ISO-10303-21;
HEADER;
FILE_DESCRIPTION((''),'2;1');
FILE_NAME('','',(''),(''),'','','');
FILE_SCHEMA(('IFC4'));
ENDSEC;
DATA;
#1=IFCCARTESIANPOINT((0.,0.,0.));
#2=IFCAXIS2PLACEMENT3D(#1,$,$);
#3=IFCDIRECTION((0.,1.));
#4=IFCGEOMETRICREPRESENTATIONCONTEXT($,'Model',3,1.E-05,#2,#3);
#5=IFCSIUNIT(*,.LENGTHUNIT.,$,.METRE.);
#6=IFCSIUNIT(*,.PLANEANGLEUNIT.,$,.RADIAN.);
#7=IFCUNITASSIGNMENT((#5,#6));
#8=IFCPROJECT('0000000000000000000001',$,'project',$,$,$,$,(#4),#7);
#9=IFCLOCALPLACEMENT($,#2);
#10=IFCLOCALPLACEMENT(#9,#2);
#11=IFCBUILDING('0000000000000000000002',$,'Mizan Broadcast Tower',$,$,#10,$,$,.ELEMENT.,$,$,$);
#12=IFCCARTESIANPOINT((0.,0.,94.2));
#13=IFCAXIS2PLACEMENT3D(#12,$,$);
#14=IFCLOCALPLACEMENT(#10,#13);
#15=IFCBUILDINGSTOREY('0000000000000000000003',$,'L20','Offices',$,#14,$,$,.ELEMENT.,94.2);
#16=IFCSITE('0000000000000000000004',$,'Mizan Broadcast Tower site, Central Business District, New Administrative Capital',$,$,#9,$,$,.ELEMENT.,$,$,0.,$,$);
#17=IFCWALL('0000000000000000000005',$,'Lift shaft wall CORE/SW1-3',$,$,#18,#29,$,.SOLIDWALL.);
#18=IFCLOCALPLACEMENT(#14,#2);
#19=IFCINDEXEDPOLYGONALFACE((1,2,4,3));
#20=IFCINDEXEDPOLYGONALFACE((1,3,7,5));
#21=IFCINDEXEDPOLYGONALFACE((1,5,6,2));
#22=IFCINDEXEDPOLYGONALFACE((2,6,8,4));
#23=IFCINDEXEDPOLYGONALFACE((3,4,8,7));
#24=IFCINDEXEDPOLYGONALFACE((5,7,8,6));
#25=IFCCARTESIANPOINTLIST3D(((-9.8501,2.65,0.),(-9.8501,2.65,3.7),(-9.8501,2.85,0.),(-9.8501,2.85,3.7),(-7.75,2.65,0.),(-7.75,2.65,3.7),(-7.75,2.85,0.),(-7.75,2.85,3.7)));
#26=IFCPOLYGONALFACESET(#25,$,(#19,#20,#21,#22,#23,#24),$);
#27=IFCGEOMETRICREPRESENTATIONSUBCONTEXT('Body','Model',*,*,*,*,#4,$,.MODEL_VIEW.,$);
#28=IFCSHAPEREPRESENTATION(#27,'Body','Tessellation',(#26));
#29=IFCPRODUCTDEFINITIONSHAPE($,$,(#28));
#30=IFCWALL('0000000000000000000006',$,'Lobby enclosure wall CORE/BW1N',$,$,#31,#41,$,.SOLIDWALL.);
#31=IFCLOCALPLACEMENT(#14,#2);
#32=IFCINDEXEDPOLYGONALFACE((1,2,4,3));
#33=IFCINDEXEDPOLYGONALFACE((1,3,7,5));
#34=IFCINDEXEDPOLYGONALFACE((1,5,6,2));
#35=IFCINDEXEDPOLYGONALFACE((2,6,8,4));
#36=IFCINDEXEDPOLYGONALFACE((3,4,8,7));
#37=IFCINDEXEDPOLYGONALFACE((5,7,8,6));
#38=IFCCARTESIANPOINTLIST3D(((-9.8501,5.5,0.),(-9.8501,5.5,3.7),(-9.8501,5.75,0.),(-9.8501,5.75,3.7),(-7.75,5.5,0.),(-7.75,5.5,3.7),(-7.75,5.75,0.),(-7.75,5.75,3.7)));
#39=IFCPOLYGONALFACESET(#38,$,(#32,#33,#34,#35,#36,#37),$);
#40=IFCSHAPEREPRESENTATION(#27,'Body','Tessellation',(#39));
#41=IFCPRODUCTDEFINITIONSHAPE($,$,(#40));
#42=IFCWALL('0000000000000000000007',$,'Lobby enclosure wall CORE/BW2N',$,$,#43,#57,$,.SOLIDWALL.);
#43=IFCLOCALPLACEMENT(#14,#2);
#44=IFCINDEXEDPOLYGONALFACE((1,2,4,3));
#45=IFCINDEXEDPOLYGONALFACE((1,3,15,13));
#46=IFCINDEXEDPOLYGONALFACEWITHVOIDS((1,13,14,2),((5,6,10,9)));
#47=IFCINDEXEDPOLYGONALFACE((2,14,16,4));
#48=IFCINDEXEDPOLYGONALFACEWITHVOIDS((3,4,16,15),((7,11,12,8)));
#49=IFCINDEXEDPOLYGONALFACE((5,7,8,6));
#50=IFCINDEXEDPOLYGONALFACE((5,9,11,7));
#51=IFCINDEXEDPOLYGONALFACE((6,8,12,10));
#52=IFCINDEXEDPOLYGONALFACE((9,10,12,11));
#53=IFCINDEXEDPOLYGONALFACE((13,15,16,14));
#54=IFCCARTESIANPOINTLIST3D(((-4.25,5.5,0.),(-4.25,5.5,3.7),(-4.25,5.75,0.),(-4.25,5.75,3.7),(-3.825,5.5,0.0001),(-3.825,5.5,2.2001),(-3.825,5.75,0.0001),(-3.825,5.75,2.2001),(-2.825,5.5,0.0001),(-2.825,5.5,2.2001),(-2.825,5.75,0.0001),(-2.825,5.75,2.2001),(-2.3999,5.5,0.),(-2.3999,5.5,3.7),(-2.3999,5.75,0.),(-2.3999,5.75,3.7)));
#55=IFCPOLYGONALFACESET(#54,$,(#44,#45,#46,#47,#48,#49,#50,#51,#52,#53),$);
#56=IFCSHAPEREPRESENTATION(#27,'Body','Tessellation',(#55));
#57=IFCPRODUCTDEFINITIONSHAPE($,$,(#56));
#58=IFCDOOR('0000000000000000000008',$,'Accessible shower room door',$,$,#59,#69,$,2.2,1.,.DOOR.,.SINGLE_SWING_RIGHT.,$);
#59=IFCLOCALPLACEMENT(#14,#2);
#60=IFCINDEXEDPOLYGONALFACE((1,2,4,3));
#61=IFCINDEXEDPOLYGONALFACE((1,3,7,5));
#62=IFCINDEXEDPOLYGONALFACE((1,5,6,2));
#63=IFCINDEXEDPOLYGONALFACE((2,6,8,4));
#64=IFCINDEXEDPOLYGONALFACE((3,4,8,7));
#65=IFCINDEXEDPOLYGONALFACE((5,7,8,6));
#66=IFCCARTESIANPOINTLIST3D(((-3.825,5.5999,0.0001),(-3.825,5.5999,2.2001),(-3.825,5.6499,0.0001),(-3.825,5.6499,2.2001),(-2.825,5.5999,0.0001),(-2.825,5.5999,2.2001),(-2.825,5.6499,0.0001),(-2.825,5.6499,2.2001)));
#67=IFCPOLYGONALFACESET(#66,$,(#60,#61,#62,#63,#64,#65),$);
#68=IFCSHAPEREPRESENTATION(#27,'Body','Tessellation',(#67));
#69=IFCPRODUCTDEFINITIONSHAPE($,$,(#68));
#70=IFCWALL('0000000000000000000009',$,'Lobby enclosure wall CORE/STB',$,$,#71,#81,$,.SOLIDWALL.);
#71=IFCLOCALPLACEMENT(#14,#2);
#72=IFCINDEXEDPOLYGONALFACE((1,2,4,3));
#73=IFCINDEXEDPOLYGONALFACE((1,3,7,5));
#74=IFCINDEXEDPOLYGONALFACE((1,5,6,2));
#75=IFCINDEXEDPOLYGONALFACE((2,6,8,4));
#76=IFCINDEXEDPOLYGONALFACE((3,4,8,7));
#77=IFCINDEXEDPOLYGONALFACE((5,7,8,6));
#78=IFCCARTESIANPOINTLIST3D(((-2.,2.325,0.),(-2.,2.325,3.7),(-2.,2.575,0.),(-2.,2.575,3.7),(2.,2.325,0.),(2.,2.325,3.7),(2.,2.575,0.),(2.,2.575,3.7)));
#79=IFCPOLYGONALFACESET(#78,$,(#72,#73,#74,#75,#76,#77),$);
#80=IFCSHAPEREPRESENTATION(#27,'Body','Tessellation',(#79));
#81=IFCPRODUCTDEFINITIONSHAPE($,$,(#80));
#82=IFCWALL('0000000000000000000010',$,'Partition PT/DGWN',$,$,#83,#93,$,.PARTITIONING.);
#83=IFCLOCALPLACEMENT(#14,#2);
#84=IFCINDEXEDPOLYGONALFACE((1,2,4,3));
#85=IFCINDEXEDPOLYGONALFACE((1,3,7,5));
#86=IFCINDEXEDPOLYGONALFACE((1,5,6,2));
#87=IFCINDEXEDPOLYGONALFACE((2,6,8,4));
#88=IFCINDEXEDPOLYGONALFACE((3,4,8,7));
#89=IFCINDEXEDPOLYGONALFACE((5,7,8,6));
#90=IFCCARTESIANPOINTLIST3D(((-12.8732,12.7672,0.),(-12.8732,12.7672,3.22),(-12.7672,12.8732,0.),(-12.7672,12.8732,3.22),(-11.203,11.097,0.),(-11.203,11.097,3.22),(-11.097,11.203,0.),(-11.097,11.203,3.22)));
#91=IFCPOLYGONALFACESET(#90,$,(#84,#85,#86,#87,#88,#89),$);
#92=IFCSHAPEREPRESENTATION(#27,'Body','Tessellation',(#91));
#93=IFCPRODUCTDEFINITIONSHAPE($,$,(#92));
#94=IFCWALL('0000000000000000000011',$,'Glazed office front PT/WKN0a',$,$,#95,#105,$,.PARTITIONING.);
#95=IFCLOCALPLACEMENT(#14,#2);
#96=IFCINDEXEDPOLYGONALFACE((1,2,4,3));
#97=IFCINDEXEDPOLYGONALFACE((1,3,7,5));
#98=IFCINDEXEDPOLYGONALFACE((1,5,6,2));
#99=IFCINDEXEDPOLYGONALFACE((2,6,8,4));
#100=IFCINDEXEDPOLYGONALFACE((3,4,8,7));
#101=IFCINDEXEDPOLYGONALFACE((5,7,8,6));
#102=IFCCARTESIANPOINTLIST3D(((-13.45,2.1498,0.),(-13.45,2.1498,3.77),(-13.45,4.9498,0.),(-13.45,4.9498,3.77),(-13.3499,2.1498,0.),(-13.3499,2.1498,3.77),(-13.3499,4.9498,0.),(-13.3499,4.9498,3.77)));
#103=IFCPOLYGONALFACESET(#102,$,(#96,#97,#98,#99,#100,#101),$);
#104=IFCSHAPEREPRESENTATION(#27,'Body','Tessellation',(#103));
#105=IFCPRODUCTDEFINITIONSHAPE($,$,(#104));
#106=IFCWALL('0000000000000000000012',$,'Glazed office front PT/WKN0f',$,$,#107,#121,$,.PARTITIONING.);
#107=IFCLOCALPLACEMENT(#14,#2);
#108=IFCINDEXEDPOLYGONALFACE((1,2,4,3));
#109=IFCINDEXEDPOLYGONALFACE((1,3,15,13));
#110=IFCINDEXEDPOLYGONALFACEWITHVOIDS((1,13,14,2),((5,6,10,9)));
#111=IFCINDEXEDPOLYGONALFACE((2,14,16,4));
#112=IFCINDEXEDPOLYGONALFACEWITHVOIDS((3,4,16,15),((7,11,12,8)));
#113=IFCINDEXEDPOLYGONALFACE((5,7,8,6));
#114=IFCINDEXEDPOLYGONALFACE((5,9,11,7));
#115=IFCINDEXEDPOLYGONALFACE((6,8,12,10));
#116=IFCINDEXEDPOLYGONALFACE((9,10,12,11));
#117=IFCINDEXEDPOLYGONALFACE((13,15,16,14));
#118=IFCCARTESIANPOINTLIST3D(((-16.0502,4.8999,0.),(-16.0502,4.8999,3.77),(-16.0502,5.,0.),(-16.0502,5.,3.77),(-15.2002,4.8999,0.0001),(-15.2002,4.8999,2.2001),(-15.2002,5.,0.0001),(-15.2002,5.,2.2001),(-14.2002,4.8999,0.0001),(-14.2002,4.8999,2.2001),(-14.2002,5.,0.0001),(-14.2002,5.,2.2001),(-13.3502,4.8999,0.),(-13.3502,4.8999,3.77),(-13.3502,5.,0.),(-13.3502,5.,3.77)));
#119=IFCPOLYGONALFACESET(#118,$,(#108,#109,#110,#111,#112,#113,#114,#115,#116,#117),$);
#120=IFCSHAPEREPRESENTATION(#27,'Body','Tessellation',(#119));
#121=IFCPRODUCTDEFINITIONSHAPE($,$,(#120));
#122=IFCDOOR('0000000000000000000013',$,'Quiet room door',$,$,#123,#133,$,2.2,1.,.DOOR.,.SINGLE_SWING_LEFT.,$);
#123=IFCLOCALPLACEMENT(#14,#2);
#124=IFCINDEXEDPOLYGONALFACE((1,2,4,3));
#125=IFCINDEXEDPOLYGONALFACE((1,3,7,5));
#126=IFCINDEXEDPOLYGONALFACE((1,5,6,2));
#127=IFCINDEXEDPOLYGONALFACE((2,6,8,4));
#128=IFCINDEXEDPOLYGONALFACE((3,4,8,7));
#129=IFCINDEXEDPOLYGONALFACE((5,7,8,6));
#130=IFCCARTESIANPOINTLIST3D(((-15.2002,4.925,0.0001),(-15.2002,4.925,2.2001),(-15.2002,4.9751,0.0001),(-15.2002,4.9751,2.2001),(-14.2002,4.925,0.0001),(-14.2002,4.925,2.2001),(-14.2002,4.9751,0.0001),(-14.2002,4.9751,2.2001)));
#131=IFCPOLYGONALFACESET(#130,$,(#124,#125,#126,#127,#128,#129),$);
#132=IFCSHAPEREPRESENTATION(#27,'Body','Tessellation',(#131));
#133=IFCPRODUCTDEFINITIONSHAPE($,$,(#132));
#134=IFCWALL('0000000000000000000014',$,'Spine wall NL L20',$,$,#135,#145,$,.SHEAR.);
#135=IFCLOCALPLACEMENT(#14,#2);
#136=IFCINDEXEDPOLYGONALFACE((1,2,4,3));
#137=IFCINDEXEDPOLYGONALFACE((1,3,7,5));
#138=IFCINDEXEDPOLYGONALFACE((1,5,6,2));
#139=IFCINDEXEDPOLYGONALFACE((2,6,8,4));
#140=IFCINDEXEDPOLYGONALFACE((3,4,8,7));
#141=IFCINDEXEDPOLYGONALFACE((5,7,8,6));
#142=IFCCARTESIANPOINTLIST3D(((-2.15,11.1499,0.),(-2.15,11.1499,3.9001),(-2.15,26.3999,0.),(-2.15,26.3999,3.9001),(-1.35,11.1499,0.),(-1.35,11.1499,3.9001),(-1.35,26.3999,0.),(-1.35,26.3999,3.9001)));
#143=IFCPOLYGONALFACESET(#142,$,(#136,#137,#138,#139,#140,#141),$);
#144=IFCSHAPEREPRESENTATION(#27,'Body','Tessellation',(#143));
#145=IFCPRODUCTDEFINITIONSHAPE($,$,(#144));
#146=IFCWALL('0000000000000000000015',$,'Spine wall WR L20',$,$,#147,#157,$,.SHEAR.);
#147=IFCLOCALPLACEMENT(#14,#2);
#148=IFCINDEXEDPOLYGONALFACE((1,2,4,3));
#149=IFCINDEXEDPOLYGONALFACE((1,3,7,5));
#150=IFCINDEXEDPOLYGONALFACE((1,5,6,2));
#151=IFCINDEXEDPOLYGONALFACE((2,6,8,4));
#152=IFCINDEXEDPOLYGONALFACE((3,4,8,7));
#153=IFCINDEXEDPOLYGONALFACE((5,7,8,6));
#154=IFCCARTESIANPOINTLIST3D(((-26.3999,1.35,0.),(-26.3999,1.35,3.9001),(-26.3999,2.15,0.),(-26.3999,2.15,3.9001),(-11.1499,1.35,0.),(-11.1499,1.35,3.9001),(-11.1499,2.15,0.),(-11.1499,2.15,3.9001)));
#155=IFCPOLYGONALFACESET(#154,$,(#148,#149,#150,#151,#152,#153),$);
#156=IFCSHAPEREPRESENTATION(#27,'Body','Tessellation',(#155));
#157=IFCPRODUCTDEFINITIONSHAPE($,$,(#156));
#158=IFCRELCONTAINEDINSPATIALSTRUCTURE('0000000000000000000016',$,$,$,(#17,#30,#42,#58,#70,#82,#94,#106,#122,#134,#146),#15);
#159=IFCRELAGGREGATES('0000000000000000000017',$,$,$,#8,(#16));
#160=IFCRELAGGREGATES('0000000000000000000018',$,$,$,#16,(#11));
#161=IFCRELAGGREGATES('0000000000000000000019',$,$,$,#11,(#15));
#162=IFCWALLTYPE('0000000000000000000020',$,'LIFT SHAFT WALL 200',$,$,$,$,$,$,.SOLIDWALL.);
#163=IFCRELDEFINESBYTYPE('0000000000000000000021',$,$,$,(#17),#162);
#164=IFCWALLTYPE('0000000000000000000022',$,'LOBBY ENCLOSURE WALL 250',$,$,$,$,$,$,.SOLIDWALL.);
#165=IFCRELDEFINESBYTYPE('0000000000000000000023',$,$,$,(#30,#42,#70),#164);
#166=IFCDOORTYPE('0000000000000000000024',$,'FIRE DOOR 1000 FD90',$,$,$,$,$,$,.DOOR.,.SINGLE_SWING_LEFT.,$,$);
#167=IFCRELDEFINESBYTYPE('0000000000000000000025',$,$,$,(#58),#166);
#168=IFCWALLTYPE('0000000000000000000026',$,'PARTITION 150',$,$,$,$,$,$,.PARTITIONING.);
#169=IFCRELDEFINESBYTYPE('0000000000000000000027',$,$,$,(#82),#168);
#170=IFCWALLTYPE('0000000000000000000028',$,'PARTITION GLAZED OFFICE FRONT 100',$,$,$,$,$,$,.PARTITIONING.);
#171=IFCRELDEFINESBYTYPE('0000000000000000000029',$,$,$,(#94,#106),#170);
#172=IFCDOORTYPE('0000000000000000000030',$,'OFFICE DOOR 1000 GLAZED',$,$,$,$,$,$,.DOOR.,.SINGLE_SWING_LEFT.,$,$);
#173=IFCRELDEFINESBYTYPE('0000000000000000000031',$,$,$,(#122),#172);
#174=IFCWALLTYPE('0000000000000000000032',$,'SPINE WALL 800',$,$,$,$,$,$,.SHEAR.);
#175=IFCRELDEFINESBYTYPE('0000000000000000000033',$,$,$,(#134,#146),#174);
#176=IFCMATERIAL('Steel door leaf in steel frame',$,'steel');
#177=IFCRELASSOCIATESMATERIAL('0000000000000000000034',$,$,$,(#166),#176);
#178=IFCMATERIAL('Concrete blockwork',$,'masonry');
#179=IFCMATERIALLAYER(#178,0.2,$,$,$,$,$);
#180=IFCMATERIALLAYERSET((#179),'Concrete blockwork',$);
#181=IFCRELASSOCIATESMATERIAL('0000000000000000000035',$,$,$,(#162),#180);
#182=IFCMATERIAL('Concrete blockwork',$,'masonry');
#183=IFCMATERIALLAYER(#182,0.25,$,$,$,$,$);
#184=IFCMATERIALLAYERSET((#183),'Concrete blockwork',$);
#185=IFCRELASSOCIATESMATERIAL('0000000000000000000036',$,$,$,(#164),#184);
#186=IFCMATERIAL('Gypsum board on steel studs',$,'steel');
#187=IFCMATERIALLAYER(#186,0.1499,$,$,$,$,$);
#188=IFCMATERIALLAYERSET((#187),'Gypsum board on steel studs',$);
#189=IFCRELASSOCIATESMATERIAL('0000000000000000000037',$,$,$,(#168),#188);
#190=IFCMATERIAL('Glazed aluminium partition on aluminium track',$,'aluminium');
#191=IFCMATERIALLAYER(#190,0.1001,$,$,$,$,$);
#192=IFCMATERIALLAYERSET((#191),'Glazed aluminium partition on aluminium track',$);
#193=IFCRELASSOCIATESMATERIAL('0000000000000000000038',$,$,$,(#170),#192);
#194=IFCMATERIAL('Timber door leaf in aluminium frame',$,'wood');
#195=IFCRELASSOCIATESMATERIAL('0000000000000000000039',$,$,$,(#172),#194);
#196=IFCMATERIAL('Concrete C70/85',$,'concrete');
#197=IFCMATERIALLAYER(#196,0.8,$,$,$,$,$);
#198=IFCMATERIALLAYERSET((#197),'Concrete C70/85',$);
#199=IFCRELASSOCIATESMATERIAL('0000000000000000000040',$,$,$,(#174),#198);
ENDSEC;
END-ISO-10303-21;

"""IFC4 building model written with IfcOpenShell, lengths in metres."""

from ifc_helpers import new_model, si_unit, direction, frame, frame_2d, origin, place, context, subcontext, project, spatial, rectangle, extrude, material, layer, layer_set, type_object, element, fill, save


model = new_model("IFC4")

# Units and contexts
model_context = context("Model", 3, precision=1e-05, world=origin(), true_north=direction((0.0, 1.0)))
body_context = subcontext(model_context, "Body", "Model", "MODEL_VIEW")
ifc_project = project(units=[si_unit("LENGTHUNIT", "METRE"), si_unit("PLANEANGLEUNIT", "RADIAN")], contexts=[model_context])

# Site, building, storey
site_placement = place(None, origin())
site = spatial("IfcSite", under=ifc_project, at=site_placement, Name="Mizan Broadcast Tower site, Central Business District, New Administrative Capital", CompositionType="ELEMENT", RefElevation=0.0)
building_placement = place(site_placement, origin())
building = spatial("IfcBuilding", under=site, at=building_placement, Name="Mizan Broadcast Tower", CompositionType="ELEMENT")
storey_placement = place(building_placement, frame((0.0, 0.0, 94.2)))
storey = spatial("IfcBuildingStorey", under=building, at=storey_placement, Name="L20", Description="Offices", CompositionType="ELEMENT", Elevation=94.2)

# Shared definitions
ifc_material_1 = material(Name="Steel door leaf in steel frame", Category="steel")
door_type_1 = type_object("IfcDoorType", Name="FIRE DOOR 1000 FD90", OperationType="SINGLE_SWING_LEFT", PredefinedType="DOOR", material=ifc_material_1)

# Walls
ifc_material_2 = material(Name="Concrete blockwork", Category="masonry")
ifc_layer_1 = layer(ifc_material_2, 0.2)
ifc_layer_set_1 = layer_set([ifc_layer_1], Name="Concrete blockwork")
wall_type_1 = type_object("IfcWallType", Name="LIFT SHAFT WALL 200", PredefinedType="SOLIDWALL", material=ifc_layer_set_1)
for number, where, z_axis, x_axis, name in (
    (1, (-9.8501, 2.75, 0.0), (0.0, 0.0, 1.0), (1.0, 0.0, 0.0), "Lift shaft wall CORE/SW1-3"),
):
    element("IfcWall", number, at=place(storey_placement, frame(where, z_axis=z_axis, x_axis=x_axis)), inside=storey, type_object=wall_type_1, Name=name, PredefinedType="SOLIDWALL", context=body_context, shape_type="SweptSolid", body=[
        extrude(rectangle(XDim=2.1001, YDim=0.2, at=frame_2d((1.05, 0.0))), origin(), (0.0, 0.0, 1.0), 3.7),
    ])
ifc_material_3 = material(Name="Concrete blockwork", Category="masonry")
ifc_layer_2 = layer(ifc_material_3, 0.25)
ifc_layer_set_2 = layer_set([ifc_layer_2], Name="Concrete blockwork")
wall_type_2 = type_object("IfcWallType", Name="LOBBY ENCLOSURE WALL 250", PredefinedType="SOLIDWALL", material=ifc_layer_set_2)
wall_1_placement = place(storey_placement, frame((-9.8501, 5.625, 0.0), z_axis=(0.0, 0.0, 1.0), x_axis=(1.0, 0.0, 0.0)))
element("IfcWall", 2, at=wall_1_placement, inside=storey, type_object=wall_type_2, Name="Lobby enclosure wall CORE/BW1N", PredefinedType="SOLIDWALL", context=body_context, shape_type="SweptSolid", body=[
    extrude(rectangle(XDim=2.1001, YDim=0.25, at=frame_2d((1.05, 0.0))), origin(), (0.0, 0.0, 1.0), 3.7),
])

# Wall, opening, door
wall_2_placement = place(storey_placement, frame((-4.25, 5.625, 0.0), z_axis=(0.0, 0.0, 1.0), x_axis=(1.0, 0.0, 0.0)))
wall_2 = element("IfcWall", 3, at=wall_2_placement, inside=storey, type_object=wall_type_2, Name="Lobby enclosure wall CORE/BW2N", PredefinedType="SOLIDWALL", context=body_context, shape_type="SweptSolid", body=[
    extrude(rectangle(XDim=1.8501, YDim=0.25, at=frame_2d((0.925, 0.0))), origin(), (0.0, 0.0, 1.0), 3.7),
])
opening_1_placement = place(wall_2_placement, frame((0.425, 0.0, 0.0)))
opening_1 = element("IfcOpeningElement", 4, at=opening_1_placement, cuts=wall_2, PredefinedType="OPENING", context=body_context, shape_type="SweptSolid", body=[
    extrude(rectangle(XDim=1.0, YDim=2.2, at=frame_2d((0.5, 1.1001))), frame((0.0, 0.135, 0.0), z_axis=(0.0, -1.0, 0.0), x_axis=(1.0, 0.0, 0.0)), (0.0, 0.0, 1.0), 0.27),
])
door_1_placement = place(opening_1_placement, origin())
door_1 = element("IfcDoor", 5, at=door_1_placement, inside=storey, type_object=door_type_1, Name="Accessible shower room door", OperationType="SINGLE_SWING_RIGHT", OverallHeight=2.2, OverallWidth=1.0, PredefinedType="DOOR", context=body_context, shape_type="SweptSolid", body=[
    extrude(rectangle(XDim=1.0, YDim=2.2, at=frame_2d((0.5, 1.1001))), frame((0.0, 0.0249, 0.0), z_axis=(0.0, -1.0, 0.0), x_axis=(1.0, 0.0, 0.0)), (0.0, 0.0, 1.0), 0.05),
])
fill(opening_1, door_1)

# Walls
wall_3_placement = place(storey_placement, frame((-2.0, 2.45, 0.0), z_axis=(0.0, 0.0, 1.0), x_axis=(1.0, 0.0, 0.0)))
element("IfcWall", 6, at=wall_3_placement, inside=storey, type_object=wall_type_2, Name="Lobby enclosure wall CORE/STB", PredefinedType="SOLIDWALL", context=body_context, shape_type="SweptSolid", body=[
    extrude(rectangle(XDim=4.0, YDim=0.25, at=frame_2d((2.0, 0.0))), origin(), (0.0, 0.0, 1.0), 3.7),
])
ifc_material_4 = material(Name="Gypsum board on steel studs", Category="steel")
ifc_layer_3 = layer(ifc_material_4, 0.1499)
ifc_layer_set_3 = layer_set([ifc_layer_3], Name="Gypsum board on steel studs")
wall_type_3 = type_object("IfcWallType", Name="PARTITION 150", PredefinedType="PARTITIONING", material=ifc_layer_set_3)
wall_4_placement = place(storey_placement, frame((-11.1499, 11.1499, 0.0), z_axis=(0.0, 0.0, 1.0), x_axis=(-0.707107, 0.707107, 0.0)))
element("IfcWall", 7, at=wall_4_placement, inside=storey, type_object=wall_type_3, Name="Partition PT/DGWN", PredefinedType="PARTITIONING", context=body_context, shape_type="SweptSolid", body=[
    extrude(rectangle(XDim=2.3621, YDim=0.1499, at=frame_2d((1.1812, 0.0))), origin(), (0.0, 0.0, 1.0), 3.22),
])
ifc_material_5 = material(Name="Glazed aluminium partition on aluminium track", Category="aluminium")
ifc_layer_4 = layer(ifc_material_5, 0.1001)
ifc_layer_set_4 = layer_set([ifc_layer_4], Name="Glazed aluminium partition on aluminium track")
wall_type_4 = type_object("IfcWallType", Name="PARTITION GLAZED OFFICE FRONT 100", PredefinedType="PARTITIONING", material=ifc_layer_set_4)
wall_5_placement = place(storey_placement, frame((-13.3999, 2.1499, 0.0), z_axis=(0.0, 0.0, 1.0), x_axis=(0.0, 1.0, 0.0)))
element("IfcWall", 8, at=wall_5_placement, inside=storey, type_object=wall_type_4, Name="Glazed office front PT/WKN0a", PredefinedType="PARTITIONING", context=body_context, shape_type="SweptSolid", body=[
    extrude(rectangle(XDim=2.8, YDim=0.1001, at=frame_2d((1.3999, 0.0))), origin(), (0.0, 0.0, 1.0), 3.77),
])

# Wall, opening, door
wall_6_placement = place(storey_placement, frame((-13.3501, 4.95, 0.0), z_axis=(0.0, 0.0, 1.0), x_axis=(-1.0, 0.0, 0.0)))
wall_6 = element("IfcWall", 9, at=wall_6_placement, inside=storey, type_object=wall_type_4, Name="Glazed office front PT/WKN0f", PredefinedType="PARTITIONING", context=body_context, shape_type="SweptSolid", body=[
    extrude(rectangle(XDim=2.7, YDim=0.1001, at=frame_2d((1.3501, 0.0))), origin(), (0.0, 0.0, 1.0), 3.77),
])
opening_2_placement = place(wall_6_placement, frame((0.8501, 0.0, 0.0)))
opening_2 = element("IfcOpeningElement", 10, at=opening_2_placement, cuts=wall_6, PredefinedType="OPENING", context=body_context, shape_type="SweptSolid", body=[
    extrude(rectangle(XDim=1.0, YDim=2.2, at=frame_2d((0.5, 1.1001))), frame((0.0, 0.0601, 0.0), z_axis=(0.0, -1.0, 0.0), x_axis=(1.0, 0.0, 0.0)), (0.0, 0.0, 1.0), 0.1201),
])
ifc_material_6 = material(Name="Timber door leaf in aluminium frame", Category="wood")
door_type_2 = type_object("IfcDoorType", Name="OFFICE DOOR 1000 GLAZED", OperationType="SINGLE_SWING_LEFT", PredefinedType="DOOR", material=ifc_material_6)
door_2_placement = place(opening_2_placement, origin())
door_2 = element("IfcDoor", 11, at=door_2_placement, inside=storey, type_object=door_type_2, Name="Quiet room door", OperationType="SINGLE_SWING_LEFT", OverallHeight=2.2, OverallWidth=1.0, PredefinedType="DOOR", context=body_context, shape_type="SweptSolid", body=[
    extrude(rectangle(XDim=1.0, YDim=2.2, at=frame_2d((0.5, 1.1001))), frame((0.0, 0.0249, 0.0), z_axis=(0.0, -1.0, 0.0), x_axis=(1.0, 0.0, 0.0)), (0.0, 0.0, 1.0), 0.05),
])
fill(opening_2, door_2)

# Walls
ifc_material_7 = material(Name="Concrete C70/85", Category="concrete")
ifc_layer_5 = layer(ifc_material_7, 0.8)
ifc_layer_set_5 = layer_set([ifc_layer_5], Name="Concrete C70/85")
wall_type_5 = type_object("IfcWallType", Name="SPINE WALL 800", PredefinedType="SHEAR", material=ifc_layer_set_5)
for number, where, z_axis, x_axis, name in (
    (12, (-1.75, 11.1499, 0.0), (0.0, 0.0, 1.0), (0.0, 1.0, 0.0), "Spine wall NL L20"),
    (13, (-11.1499, 1.75, 0.0), (0.0, 0.0, 1.0), (-1.0, 0.0, 0.0), "Spine wall WR L20"),
):
    element("IfcWall", number, at=place(storey_placement, frame(where, z_axis=z_axis, x_axis=x_axis)), inside=storey, type_object=wall_type_5, Name=name, PredefinedType="SHEAR", context=body_context, shape_type="SweptSolid", body=[
        extrude(rectangle(XDim=15.25, YDim=0.8, at=frame_2d((7.625, 0.0))), origin(), (0.0, 0.0, 1.0), 3.9001),
    ])

save(model, "model.ifc")
